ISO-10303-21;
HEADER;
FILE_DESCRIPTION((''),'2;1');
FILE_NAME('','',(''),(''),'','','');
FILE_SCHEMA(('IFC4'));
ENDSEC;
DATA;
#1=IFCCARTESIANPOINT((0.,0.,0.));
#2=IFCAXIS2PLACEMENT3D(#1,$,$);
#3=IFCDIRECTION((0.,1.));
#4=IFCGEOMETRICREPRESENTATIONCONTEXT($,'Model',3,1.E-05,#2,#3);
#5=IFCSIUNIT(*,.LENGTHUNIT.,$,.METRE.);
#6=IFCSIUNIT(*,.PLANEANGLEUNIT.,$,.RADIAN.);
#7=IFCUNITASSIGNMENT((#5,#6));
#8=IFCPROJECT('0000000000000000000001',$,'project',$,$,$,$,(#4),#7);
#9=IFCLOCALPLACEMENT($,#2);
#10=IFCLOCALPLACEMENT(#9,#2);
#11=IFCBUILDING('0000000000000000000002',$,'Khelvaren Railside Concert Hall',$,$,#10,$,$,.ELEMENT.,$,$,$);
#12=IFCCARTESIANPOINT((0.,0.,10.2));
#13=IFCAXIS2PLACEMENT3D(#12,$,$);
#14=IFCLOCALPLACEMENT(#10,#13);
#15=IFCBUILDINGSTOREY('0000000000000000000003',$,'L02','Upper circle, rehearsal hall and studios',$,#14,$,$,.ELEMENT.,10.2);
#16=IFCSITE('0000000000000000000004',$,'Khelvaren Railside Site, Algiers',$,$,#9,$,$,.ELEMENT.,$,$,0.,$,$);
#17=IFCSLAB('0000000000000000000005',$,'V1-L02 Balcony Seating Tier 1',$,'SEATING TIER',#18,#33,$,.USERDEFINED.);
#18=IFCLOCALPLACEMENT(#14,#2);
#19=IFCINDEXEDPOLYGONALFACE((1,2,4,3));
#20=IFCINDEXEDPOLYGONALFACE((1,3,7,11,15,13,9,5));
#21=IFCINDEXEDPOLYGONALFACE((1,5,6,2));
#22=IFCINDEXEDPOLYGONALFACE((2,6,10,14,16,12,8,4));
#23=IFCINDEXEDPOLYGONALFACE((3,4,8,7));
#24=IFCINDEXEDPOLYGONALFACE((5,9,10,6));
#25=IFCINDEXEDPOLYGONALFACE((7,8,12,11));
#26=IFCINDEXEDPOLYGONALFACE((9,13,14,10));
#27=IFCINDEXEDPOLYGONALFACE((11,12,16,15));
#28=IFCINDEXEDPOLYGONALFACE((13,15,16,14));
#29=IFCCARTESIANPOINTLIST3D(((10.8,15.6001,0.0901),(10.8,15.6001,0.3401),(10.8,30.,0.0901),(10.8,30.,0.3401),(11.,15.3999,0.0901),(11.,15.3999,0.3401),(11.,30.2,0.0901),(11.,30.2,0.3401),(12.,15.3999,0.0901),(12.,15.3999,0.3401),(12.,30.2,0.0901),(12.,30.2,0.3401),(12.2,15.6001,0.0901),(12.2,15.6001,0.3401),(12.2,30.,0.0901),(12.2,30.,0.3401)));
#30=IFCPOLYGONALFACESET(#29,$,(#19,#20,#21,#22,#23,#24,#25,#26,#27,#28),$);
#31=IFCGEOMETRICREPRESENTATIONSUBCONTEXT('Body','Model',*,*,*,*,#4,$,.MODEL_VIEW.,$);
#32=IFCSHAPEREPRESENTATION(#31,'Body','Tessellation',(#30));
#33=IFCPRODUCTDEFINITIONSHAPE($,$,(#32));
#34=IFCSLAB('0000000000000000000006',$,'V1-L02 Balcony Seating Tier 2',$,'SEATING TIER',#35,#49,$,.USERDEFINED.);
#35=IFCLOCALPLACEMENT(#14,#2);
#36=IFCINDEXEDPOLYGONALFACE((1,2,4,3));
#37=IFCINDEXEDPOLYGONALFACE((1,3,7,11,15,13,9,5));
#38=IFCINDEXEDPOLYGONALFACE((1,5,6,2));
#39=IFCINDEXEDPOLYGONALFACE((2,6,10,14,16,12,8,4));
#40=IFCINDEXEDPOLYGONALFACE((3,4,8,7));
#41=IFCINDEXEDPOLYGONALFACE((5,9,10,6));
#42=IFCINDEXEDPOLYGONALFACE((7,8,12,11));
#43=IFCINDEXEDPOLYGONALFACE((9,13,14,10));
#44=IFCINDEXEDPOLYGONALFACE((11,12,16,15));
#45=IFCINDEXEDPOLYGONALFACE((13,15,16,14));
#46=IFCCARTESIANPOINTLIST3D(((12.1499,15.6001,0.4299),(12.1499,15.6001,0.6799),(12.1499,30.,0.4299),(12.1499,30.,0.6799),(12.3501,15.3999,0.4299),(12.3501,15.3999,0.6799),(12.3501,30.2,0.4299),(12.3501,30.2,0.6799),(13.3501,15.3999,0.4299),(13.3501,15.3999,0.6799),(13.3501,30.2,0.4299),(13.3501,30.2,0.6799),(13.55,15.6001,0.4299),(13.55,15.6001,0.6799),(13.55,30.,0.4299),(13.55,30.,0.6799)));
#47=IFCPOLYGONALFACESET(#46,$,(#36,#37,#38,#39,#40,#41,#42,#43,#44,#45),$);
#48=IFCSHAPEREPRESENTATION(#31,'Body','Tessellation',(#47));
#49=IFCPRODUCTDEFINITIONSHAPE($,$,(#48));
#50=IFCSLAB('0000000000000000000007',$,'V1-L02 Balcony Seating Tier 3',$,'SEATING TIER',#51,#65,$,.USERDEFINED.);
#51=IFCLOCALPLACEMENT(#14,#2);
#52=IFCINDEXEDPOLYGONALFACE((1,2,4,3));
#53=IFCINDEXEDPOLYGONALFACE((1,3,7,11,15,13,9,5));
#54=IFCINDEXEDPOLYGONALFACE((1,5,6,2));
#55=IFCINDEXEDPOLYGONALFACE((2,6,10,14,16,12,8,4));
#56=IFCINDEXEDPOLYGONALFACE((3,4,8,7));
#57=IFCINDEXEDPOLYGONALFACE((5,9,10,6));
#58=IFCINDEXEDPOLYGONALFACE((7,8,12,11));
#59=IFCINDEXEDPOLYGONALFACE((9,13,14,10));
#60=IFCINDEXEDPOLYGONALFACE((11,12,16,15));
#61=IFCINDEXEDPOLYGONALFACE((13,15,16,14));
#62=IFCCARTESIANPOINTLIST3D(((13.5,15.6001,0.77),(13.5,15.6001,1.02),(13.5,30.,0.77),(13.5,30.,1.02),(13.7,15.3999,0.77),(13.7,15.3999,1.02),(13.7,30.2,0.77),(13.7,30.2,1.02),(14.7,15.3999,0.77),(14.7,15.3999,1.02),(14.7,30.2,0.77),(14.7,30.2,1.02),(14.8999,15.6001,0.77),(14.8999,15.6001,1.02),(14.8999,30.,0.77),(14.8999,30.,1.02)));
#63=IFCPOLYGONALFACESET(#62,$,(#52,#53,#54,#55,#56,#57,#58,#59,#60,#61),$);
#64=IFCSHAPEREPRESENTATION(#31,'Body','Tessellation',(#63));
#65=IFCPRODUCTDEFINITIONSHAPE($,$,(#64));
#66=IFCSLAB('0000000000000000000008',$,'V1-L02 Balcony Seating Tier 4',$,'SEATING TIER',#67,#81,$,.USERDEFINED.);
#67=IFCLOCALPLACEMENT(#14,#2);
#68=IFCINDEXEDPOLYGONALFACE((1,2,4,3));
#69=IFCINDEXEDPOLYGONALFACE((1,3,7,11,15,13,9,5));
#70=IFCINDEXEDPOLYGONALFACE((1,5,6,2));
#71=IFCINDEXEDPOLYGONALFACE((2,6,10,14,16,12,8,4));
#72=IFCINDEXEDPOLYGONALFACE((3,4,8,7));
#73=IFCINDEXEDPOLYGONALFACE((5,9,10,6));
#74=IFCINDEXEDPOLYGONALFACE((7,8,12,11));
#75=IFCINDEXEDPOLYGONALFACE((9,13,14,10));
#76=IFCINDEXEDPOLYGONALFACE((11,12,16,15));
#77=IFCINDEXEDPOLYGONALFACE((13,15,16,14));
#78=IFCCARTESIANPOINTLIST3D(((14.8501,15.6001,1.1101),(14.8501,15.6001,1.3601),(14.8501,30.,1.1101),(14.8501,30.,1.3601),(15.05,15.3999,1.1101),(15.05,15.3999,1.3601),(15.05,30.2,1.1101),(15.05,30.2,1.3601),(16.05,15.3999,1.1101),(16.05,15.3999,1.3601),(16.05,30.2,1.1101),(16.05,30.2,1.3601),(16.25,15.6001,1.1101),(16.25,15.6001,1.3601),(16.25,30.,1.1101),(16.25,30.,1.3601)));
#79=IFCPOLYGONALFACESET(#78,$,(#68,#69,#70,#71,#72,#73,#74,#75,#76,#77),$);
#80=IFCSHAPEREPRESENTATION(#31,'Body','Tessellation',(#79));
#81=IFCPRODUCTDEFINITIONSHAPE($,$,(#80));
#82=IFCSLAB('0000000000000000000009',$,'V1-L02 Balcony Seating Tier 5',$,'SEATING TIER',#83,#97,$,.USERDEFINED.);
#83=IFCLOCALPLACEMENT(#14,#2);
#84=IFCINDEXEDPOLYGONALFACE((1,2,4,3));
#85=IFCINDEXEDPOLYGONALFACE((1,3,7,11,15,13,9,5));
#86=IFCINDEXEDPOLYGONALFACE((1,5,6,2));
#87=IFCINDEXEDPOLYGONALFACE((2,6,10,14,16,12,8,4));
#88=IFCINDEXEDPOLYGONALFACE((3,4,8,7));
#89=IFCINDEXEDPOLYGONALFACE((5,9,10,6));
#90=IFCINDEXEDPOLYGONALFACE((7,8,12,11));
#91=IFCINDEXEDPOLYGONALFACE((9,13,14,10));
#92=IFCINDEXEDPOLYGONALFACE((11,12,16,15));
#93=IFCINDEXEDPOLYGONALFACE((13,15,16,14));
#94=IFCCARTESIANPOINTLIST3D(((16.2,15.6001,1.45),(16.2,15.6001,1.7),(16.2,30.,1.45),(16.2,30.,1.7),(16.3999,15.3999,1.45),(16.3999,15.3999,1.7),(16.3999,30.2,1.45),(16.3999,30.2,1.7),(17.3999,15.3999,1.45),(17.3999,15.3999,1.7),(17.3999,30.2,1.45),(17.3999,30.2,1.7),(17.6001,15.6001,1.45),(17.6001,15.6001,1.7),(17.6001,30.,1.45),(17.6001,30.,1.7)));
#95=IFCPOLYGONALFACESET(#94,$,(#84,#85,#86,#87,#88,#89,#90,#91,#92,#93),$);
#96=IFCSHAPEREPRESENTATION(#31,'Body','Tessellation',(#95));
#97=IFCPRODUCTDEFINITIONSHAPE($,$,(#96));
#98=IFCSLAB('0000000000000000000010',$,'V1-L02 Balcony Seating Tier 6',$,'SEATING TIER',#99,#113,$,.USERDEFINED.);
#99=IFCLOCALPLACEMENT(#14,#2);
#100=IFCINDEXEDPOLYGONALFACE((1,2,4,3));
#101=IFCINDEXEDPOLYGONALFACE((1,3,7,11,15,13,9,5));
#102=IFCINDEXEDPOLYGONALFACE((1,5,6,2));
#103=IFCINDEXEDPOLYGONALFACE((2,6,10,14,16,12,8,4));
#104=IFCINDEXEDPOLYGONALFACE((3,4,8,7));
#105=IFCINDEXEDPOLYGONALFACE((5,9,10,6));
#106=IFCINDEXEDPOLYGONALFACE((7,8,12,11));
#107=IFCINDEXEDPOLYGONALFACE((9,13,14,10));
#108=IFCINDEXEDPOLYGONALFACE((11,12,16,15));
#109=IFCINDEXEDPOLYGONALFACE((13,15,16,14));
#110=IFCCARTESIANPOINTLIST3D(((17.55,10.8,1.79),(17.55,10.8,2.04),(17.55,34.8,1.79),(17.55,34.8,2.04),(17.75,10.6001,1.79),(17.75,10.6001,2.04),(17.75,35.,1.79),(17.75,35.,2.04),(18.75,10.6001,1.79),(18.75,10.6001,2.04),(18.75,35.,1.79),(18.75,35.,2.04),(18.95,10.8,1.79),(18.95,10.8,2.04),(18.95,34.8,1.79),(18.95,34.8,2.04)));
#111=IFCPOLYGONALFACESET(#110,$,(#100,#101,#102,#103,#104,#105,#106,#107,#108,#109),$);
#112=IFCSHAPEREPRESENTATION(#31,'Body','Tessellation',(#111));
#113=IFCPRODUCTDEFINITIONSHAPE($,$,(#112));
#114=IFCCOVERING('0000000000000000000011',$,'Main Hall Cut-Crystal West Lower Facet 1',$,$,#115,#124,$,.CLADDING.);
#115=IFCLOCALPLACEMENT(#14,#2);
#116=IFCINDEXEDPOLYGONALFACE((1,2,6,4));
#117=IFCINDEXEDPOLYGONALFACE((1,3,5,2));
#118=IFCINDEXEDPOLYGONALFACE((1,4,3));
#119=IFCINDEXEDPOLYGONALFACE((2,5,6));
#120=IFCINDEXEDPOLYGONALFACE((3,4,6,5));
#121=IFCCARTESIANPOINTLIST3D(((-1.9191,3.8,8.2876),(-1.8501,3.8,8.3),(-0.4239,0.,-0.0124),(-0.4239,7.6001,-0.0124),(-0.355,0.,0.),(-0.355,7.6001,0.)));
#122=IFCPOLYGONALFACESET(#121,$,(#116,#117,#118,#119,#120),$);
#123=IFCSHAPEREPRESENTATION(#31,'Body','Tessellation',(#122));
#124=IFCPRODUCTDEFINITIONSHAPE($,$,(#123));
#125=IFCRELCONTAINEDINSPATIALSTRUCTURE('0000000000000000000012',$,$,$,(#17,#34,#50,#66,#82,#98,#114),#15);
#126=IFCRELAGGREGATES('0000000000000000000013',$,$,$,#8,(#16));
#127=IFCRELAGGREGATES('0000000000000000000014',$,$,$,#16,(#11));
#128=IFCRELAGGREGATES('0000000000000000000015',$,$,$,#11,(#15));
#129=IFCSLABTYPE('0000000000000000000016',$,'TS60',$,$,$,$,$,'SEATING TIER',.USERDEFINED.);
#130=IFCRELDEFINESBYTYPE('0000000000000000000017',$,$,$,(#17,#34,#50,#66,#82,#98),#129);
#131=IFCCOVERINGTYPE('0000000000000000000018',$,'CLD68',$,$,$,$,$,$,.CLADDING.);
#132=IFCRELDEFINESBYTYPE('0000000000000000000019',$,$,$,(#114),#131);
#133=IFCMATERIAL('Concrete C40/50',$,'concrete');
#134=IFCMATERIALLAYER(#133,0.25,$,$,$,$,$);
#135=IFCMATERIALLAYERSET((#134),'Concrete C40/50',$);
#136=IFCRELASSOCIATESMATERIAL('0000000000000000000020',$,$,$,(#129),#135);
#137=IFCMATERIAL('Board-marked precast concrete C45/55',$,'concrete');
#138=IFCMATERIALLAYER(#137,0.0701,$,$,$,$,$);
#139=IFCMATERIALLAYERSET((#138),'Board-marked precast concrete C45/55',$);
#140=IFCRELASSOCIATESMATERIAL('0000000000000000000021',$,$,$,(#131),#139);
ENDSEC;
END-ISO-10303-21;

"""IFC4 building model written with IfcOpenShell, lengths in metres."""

from ifc_helpers import new_model, si_unit, direction, frame, origin, place, context, subcontext, project, spatial, polyline, outline, extrude, material, layer, layer_set, type_object, element, save


model = new_model("IFC4")

# Units and contexts
model_context = context("Model", 3, precision=1e-05, world=origin(), true_north=direction((0.0, 1.0)))
body_context = subcontext(model_context, "Body", "Model", "MODEL_VIEW")
ifc_project = project(units=[si_unit("LENGTHUNIT", "METRE"), si_unit("PLANEANGLEUNIT", "RADIAN")], contexts=[model_context])

# Site, building, storey
site_placement = place(None, origin())
site = spatial("IfcSite", under=ifc_project, at=site_placement, Name="Khelvaren Railside Site, Algiers", CompositionType="ELEMENT", RefElevation=0.0)
building_placement = place(site_placement, origin())
building = spatial("IfcBuilding", under=site, at=building_placement, Name="Khelvaren Railside Concert Hall", CompositionType="ELEMENT")
storey_placement = place(building_placement, frame((0.0, 0.0, 10.2)))
storey = spatial("IfcBuildingStorey", under=building, at=storey_placement, Name="L02", Description="Upper circle, rehearsal hall and studios", CompositionType="ELEMENT", Elevation=10.2)

# Shared definitions
ifc_material_1 = material(Name="Concrete C40/50", Category="concrete")

# Slabs
ifc_layer_1 = layer(ifc_material_1, 0.25)
ifc_layer_set_1 = layer_set([ifc_layer_1], Name="Concrete C40/50")
slab_type_1 = type_object("IfcSlabType", Name="TS60", ElementType="SEATING TIER", PredefinedType="USERDEFINED", material=ifc_layer_set_1)
slab_1_placement = place(storey_placement, frame((0.0, 0.0, 0.0901)))
element("IfcSlab", 1, at=slab_1_placement, inside=storey, type_object=slab_type_1, Name="V1-L02 Balcony Seating Tier 1", ObjectType="SEATING TIER", PredefinedType="USERDEFINED", context=body_context, shape_type="SweptSolid", body=[
    extrude(outline(polyline([(11.0, 15.3999), (12.0, 15.3999), (12.2, 15.6001), (12.2, 30.0), (12.0, 30.2), (11.0, 30.2), (10.8, 30.0), (10.8, 15.6001), (11.0, 15.3999)])), origin(), (0.0, 0.0, 1.0), 0.25),
])
slab_2_placement = place(storey_placement, frame((0.0, 0.0, 0.4299)))
element("IfcSlab", 2, at=slab_2_placement, inside=storey, type_object=slab_type_1, Name="V1-L02 Balcony Seating Tier 2", ObjectType="SEATING TIER", PredefinedType="USERDEFINED", context=body_context, shape_type="SweptSolid", body=[
    extrude(outline(polyline([(12.3501, 15.3999), (13.3501, 15.3999), (13.55, 15.6001), (13.55, 30.0), (13.3501, 30.2), (12.3501, 30.2), (12.1499, 30.0), (12.1499, 15.6001), (12.3501, 15.3999)])), origin(), (0.0, 0.0, 1.0), 0.25),
])
slab_3_placement = place(storey_placement, frame((0.0, 0.0, 0.77)))
element("IfcSlab", 3, at=slab_3_placement, inside=storey, type_object=slab_type_1, Name="V1-L02 Balcony Seating Tier 3", ObjectType="SEATING TIER", PredefinedType="USERDEFINED", context=body_context, shape_type="SweptSolid", body=[
    extrude(outline(polyline([(13.7, 15.3999), (14.7, 15.3999), (14.8999, 15.6001), (14.8999, 30.0), (14.7, 30.2), (13.7, 30.2), (13.5, 30.0), (13.5, 15.6001), (13.7, 15.3999)])), origin(), (0.0, 0.0, 1.0), 0.25),
])
slab_4_placement = place(storey_placement, frame((0.0, 0.0, 1.1101)))
element("IfcSlab", 4, at=slab_4_placement, inside=storey, type_object=slab_type_1, Name="V1-L02 Balcony Seating Tier 4", ObjectType="SEATING TIER", PredefinedType="USERDEFINED", context=body_context, shape_type="SweptSolid", body=[
    extrude(outline(polyline([(15.05, 15.3999), (16.05, 15.3999), (16.25, 15.6001), (16.25, 30.0), (16.05, 30.2), (15.05, 30.2), (14.8501, 30.0), (14.8501, 15.6001), (15.05, 15.3999)])), origin(), (0.0, 0.0, 1.0), 0.25),
])
slab_5_placement = place(storey_placement, frame((0.0, 0.0, 1.45)))
element("IfcSlab", 5, at=slab_5_placement, inside=storey, type_object=slab_type_1, Name="V1-L02 Balcony Seating Tier 5", ObjectType="SEATING TIER", PredefinedType="USERDEFINED", context=body_context, shape_type="SweptSolid", body=[
    extrude(outline(polyline([(16.3999, 15.3999), (17.3999, 15.3999), (17.6001, 15.6001), (17.6001, 30.0), (17.3999, 30.2), (16.3999, 30.2), (16.2, 30.0), (16.2, 15.6001), (16.3999, 15.3999)])), origin(), (0.0, 0.0, 1.0), 0.25),
])
slab_6_placement = place(storey_placement, frame((0.0, 0.0, 1.79)))
element("IfcSlab", 6, at=slab_6_placement, inside=storey, type_object=slab_type_1, Name="V1-L02 Balcony Seating Tier 6", ObjectType="SEATING TIER", PredefinedType="USERDEFINED", context=body_context, shape_type="SweptSolid", body=[
    extrude(outline(polyline([(17.75, 10.6001), (18.75, 10.6001), (18.95, 10.8), (18.95, 34.8), (18.75, 35.0), (17.75, 35.0), (17.55, 34.8), (17.55, 10.8), (17.75, 10.6001)])), origin(), (0.0, 0.0, 1.0), 0.25),
])

# Covering
ifc_material_2 = material(Name="Board-marked precast concrete C45/55", Category="concrete")
ifc_layer_2 = layer(ifc_material_2, 0.0701)
ifc_layer_set_2 = layer_set([ifc_layer_2], Name="Board-marked precast concrete C45/55")
covering_type = type_object("IfcCoveringType", Name="CLD68", PredefinedType="CLADDING", material=ifc_layer_set_2)
covering_placement = place(storey_placement, frame((-0.355, 0.0, 0.0), z_axis=(0.98416, 0.0, 0.17728), x_axis=(0.0, 1.0, 0.0)))
element("IfcCovering", 7, at=covering_placement, inside=storey, type_object=covering_type, Name="Main Hall Cut-Crystal West Lower Facet 1", PredefinedType="CLADDING", context=body_context, shape_type="SweptSolid", body=[
    extrude(outline(polyline([(0.0, 0.0), (7.6001, 0.0), (3.8, 8.4336), (0.0, 0.0)])), origin(), (0.0, 0.0, -1.0), 0.0701),
])

save(model, "model.ifc")
